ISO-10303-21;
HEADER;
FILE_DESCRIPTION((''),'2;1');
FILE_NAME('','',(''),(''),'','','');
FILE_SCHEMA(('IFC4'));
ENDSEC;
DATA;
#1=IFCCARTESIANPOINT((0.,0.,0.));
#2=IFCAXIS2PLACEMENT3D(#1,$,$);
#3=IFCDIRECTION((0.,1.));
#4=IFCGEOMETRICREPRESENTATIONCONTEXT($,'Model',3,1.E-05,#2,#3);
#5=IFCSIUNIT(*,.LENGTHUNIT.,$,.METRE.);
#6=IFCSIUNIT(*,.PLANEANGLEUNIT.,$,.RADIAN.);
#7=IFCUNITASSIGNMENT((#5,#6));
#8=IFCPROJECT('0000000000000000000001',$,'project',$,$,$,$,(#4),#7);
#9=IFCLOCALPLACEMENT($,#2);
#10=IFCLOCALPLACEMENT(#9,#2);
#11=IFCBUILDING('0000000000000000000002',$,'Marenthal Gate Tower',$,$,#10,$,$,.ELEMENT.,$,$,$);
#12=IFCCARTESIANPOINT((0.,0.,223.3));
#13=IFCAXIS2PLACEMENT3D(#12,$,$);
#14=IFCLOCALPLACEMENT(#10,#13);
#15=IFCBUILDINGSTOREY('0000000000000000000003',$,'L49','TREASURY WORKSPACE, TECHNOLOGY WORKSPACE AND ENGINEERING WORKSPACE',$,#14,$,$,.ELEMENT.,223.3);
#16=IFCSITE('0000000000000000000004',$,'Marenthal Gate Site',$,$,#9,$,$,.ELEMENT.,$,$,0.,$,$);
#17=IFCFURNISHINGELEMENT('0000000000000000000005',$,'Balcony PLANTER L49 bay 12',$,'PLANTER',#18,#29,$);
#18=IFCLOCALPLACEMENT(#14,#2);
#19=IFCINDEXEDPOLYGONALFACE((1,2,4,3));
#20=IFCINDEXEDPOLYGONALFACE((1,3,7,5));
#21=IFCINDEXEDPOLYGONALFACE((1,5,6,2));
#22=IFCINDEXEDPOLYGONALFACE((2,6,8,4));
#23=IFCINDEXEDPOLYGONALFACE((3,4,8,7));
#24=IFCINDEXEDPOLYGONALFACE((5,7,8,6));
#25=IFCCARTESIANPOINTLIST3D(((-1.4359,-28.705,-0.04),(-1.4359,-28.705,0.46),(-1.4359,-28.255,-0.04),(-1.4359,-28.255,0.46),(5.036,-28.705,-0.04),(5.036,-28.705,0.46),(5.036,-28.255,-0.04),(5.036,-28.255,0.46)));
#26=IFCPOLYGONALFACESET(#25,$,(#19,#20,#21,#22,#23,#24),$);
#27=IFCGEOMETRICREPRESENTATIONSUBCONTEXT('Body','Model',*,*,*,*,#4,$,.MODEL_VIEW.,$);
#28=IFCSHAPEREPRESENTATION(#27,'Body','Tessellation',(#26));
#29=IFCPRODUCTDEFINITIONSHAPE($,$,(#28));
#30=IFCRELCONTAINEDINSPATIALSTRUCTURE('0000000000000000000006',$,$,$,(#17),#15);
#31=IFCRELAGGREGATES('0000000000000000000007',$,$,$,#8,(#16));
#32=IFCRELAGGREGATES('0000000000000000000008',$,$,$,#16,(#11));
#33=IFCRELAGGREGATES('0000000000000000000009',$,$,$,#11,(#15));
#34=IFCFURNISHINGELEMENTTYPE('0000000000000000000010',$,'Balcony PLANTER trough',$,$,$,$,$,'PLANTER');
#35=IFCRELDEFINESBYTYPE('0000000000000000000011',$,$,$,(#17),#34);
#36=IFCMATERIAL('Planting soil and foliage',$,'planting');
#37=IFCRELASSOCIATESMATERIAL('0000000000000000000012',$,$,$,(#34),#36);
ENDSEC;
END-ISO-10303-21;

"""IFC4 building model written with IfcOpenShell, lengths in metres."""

from ifc_helpers import new_model, si_unit, direction, frame, origin, origin_2d, place, context, subcontext, project, spatial, rectangle, extrude, material, type_object, element, save


model = new_model("IFC4")

# Units and contexts
model_context = context("Model", 3, precision=1e-05, world=origin(), true_north=direction((0.0, 1.0)))
body_context = subcontext(model_context, "Body", "Model", "MODEL_VIEW")
ifc_project = project(units=[si_unit("LENGTHUNIT", "METRE"), si_unit("PLANEANGLEUNIT", "RADIAN")], contexts=[model_context])

# Site, building, storey
site_placement = place(None, origin())
site = spatial("IfcSite", under=ifc_project, at=site_placement, Name="Marenthal Gate Site", CompositionType="ELEMENT", RefElevation=0.0)
building_placement = place(site_placement, origin())
building = spatial("IfcBuilding", under=site, at=building_placement, Name="Marenthal Gate Tower", CompositionType="ELEMENT")
storey_placement = place(building_placement, frame((0.0, 0.0, 223.3)))
storey = spatial("IfcBuildingStorey", under=building, at=storey_placement, Name="L49", Description="TREASURY WORKSPACE, TECHNOLOGY WORKSPACE AND ENGINEERING WORKSPACE", CompositionType="ELEMENT", Elevation=223.3)

# Furnishing element
ifc_material_1 = material(Name="Planting soil and foliage", Category="planting")
furnishing_element_type = type_object("IfcFurnishingElementType", Name="Balcony PLANTER trough", ElementType="PLANTER", material=ifc_material_1)
furnishing_placement = place(storey_placement, frame((1.8, -28.48, -0.04), z_axis=(0.0, 0.0, 1.0), x_axis=(1.0, 0.0, 0.0)))
element("IfcFurnishingElement", 1, at=furnishing_placement, inside=storey, type_object=furnishing_element_type, Name="Balcony PLANTER L49 bay 12", ObjectType="PLANTER", context=body_context, shape_type="SweptSolid", body=[
    extrude(rectangle(XDim=6.4719, YDim=0.45, at=origin_2d()), origin(), (0.0, 0.0, 1.0), 0.5),
])

save(model, "model.ifc")
